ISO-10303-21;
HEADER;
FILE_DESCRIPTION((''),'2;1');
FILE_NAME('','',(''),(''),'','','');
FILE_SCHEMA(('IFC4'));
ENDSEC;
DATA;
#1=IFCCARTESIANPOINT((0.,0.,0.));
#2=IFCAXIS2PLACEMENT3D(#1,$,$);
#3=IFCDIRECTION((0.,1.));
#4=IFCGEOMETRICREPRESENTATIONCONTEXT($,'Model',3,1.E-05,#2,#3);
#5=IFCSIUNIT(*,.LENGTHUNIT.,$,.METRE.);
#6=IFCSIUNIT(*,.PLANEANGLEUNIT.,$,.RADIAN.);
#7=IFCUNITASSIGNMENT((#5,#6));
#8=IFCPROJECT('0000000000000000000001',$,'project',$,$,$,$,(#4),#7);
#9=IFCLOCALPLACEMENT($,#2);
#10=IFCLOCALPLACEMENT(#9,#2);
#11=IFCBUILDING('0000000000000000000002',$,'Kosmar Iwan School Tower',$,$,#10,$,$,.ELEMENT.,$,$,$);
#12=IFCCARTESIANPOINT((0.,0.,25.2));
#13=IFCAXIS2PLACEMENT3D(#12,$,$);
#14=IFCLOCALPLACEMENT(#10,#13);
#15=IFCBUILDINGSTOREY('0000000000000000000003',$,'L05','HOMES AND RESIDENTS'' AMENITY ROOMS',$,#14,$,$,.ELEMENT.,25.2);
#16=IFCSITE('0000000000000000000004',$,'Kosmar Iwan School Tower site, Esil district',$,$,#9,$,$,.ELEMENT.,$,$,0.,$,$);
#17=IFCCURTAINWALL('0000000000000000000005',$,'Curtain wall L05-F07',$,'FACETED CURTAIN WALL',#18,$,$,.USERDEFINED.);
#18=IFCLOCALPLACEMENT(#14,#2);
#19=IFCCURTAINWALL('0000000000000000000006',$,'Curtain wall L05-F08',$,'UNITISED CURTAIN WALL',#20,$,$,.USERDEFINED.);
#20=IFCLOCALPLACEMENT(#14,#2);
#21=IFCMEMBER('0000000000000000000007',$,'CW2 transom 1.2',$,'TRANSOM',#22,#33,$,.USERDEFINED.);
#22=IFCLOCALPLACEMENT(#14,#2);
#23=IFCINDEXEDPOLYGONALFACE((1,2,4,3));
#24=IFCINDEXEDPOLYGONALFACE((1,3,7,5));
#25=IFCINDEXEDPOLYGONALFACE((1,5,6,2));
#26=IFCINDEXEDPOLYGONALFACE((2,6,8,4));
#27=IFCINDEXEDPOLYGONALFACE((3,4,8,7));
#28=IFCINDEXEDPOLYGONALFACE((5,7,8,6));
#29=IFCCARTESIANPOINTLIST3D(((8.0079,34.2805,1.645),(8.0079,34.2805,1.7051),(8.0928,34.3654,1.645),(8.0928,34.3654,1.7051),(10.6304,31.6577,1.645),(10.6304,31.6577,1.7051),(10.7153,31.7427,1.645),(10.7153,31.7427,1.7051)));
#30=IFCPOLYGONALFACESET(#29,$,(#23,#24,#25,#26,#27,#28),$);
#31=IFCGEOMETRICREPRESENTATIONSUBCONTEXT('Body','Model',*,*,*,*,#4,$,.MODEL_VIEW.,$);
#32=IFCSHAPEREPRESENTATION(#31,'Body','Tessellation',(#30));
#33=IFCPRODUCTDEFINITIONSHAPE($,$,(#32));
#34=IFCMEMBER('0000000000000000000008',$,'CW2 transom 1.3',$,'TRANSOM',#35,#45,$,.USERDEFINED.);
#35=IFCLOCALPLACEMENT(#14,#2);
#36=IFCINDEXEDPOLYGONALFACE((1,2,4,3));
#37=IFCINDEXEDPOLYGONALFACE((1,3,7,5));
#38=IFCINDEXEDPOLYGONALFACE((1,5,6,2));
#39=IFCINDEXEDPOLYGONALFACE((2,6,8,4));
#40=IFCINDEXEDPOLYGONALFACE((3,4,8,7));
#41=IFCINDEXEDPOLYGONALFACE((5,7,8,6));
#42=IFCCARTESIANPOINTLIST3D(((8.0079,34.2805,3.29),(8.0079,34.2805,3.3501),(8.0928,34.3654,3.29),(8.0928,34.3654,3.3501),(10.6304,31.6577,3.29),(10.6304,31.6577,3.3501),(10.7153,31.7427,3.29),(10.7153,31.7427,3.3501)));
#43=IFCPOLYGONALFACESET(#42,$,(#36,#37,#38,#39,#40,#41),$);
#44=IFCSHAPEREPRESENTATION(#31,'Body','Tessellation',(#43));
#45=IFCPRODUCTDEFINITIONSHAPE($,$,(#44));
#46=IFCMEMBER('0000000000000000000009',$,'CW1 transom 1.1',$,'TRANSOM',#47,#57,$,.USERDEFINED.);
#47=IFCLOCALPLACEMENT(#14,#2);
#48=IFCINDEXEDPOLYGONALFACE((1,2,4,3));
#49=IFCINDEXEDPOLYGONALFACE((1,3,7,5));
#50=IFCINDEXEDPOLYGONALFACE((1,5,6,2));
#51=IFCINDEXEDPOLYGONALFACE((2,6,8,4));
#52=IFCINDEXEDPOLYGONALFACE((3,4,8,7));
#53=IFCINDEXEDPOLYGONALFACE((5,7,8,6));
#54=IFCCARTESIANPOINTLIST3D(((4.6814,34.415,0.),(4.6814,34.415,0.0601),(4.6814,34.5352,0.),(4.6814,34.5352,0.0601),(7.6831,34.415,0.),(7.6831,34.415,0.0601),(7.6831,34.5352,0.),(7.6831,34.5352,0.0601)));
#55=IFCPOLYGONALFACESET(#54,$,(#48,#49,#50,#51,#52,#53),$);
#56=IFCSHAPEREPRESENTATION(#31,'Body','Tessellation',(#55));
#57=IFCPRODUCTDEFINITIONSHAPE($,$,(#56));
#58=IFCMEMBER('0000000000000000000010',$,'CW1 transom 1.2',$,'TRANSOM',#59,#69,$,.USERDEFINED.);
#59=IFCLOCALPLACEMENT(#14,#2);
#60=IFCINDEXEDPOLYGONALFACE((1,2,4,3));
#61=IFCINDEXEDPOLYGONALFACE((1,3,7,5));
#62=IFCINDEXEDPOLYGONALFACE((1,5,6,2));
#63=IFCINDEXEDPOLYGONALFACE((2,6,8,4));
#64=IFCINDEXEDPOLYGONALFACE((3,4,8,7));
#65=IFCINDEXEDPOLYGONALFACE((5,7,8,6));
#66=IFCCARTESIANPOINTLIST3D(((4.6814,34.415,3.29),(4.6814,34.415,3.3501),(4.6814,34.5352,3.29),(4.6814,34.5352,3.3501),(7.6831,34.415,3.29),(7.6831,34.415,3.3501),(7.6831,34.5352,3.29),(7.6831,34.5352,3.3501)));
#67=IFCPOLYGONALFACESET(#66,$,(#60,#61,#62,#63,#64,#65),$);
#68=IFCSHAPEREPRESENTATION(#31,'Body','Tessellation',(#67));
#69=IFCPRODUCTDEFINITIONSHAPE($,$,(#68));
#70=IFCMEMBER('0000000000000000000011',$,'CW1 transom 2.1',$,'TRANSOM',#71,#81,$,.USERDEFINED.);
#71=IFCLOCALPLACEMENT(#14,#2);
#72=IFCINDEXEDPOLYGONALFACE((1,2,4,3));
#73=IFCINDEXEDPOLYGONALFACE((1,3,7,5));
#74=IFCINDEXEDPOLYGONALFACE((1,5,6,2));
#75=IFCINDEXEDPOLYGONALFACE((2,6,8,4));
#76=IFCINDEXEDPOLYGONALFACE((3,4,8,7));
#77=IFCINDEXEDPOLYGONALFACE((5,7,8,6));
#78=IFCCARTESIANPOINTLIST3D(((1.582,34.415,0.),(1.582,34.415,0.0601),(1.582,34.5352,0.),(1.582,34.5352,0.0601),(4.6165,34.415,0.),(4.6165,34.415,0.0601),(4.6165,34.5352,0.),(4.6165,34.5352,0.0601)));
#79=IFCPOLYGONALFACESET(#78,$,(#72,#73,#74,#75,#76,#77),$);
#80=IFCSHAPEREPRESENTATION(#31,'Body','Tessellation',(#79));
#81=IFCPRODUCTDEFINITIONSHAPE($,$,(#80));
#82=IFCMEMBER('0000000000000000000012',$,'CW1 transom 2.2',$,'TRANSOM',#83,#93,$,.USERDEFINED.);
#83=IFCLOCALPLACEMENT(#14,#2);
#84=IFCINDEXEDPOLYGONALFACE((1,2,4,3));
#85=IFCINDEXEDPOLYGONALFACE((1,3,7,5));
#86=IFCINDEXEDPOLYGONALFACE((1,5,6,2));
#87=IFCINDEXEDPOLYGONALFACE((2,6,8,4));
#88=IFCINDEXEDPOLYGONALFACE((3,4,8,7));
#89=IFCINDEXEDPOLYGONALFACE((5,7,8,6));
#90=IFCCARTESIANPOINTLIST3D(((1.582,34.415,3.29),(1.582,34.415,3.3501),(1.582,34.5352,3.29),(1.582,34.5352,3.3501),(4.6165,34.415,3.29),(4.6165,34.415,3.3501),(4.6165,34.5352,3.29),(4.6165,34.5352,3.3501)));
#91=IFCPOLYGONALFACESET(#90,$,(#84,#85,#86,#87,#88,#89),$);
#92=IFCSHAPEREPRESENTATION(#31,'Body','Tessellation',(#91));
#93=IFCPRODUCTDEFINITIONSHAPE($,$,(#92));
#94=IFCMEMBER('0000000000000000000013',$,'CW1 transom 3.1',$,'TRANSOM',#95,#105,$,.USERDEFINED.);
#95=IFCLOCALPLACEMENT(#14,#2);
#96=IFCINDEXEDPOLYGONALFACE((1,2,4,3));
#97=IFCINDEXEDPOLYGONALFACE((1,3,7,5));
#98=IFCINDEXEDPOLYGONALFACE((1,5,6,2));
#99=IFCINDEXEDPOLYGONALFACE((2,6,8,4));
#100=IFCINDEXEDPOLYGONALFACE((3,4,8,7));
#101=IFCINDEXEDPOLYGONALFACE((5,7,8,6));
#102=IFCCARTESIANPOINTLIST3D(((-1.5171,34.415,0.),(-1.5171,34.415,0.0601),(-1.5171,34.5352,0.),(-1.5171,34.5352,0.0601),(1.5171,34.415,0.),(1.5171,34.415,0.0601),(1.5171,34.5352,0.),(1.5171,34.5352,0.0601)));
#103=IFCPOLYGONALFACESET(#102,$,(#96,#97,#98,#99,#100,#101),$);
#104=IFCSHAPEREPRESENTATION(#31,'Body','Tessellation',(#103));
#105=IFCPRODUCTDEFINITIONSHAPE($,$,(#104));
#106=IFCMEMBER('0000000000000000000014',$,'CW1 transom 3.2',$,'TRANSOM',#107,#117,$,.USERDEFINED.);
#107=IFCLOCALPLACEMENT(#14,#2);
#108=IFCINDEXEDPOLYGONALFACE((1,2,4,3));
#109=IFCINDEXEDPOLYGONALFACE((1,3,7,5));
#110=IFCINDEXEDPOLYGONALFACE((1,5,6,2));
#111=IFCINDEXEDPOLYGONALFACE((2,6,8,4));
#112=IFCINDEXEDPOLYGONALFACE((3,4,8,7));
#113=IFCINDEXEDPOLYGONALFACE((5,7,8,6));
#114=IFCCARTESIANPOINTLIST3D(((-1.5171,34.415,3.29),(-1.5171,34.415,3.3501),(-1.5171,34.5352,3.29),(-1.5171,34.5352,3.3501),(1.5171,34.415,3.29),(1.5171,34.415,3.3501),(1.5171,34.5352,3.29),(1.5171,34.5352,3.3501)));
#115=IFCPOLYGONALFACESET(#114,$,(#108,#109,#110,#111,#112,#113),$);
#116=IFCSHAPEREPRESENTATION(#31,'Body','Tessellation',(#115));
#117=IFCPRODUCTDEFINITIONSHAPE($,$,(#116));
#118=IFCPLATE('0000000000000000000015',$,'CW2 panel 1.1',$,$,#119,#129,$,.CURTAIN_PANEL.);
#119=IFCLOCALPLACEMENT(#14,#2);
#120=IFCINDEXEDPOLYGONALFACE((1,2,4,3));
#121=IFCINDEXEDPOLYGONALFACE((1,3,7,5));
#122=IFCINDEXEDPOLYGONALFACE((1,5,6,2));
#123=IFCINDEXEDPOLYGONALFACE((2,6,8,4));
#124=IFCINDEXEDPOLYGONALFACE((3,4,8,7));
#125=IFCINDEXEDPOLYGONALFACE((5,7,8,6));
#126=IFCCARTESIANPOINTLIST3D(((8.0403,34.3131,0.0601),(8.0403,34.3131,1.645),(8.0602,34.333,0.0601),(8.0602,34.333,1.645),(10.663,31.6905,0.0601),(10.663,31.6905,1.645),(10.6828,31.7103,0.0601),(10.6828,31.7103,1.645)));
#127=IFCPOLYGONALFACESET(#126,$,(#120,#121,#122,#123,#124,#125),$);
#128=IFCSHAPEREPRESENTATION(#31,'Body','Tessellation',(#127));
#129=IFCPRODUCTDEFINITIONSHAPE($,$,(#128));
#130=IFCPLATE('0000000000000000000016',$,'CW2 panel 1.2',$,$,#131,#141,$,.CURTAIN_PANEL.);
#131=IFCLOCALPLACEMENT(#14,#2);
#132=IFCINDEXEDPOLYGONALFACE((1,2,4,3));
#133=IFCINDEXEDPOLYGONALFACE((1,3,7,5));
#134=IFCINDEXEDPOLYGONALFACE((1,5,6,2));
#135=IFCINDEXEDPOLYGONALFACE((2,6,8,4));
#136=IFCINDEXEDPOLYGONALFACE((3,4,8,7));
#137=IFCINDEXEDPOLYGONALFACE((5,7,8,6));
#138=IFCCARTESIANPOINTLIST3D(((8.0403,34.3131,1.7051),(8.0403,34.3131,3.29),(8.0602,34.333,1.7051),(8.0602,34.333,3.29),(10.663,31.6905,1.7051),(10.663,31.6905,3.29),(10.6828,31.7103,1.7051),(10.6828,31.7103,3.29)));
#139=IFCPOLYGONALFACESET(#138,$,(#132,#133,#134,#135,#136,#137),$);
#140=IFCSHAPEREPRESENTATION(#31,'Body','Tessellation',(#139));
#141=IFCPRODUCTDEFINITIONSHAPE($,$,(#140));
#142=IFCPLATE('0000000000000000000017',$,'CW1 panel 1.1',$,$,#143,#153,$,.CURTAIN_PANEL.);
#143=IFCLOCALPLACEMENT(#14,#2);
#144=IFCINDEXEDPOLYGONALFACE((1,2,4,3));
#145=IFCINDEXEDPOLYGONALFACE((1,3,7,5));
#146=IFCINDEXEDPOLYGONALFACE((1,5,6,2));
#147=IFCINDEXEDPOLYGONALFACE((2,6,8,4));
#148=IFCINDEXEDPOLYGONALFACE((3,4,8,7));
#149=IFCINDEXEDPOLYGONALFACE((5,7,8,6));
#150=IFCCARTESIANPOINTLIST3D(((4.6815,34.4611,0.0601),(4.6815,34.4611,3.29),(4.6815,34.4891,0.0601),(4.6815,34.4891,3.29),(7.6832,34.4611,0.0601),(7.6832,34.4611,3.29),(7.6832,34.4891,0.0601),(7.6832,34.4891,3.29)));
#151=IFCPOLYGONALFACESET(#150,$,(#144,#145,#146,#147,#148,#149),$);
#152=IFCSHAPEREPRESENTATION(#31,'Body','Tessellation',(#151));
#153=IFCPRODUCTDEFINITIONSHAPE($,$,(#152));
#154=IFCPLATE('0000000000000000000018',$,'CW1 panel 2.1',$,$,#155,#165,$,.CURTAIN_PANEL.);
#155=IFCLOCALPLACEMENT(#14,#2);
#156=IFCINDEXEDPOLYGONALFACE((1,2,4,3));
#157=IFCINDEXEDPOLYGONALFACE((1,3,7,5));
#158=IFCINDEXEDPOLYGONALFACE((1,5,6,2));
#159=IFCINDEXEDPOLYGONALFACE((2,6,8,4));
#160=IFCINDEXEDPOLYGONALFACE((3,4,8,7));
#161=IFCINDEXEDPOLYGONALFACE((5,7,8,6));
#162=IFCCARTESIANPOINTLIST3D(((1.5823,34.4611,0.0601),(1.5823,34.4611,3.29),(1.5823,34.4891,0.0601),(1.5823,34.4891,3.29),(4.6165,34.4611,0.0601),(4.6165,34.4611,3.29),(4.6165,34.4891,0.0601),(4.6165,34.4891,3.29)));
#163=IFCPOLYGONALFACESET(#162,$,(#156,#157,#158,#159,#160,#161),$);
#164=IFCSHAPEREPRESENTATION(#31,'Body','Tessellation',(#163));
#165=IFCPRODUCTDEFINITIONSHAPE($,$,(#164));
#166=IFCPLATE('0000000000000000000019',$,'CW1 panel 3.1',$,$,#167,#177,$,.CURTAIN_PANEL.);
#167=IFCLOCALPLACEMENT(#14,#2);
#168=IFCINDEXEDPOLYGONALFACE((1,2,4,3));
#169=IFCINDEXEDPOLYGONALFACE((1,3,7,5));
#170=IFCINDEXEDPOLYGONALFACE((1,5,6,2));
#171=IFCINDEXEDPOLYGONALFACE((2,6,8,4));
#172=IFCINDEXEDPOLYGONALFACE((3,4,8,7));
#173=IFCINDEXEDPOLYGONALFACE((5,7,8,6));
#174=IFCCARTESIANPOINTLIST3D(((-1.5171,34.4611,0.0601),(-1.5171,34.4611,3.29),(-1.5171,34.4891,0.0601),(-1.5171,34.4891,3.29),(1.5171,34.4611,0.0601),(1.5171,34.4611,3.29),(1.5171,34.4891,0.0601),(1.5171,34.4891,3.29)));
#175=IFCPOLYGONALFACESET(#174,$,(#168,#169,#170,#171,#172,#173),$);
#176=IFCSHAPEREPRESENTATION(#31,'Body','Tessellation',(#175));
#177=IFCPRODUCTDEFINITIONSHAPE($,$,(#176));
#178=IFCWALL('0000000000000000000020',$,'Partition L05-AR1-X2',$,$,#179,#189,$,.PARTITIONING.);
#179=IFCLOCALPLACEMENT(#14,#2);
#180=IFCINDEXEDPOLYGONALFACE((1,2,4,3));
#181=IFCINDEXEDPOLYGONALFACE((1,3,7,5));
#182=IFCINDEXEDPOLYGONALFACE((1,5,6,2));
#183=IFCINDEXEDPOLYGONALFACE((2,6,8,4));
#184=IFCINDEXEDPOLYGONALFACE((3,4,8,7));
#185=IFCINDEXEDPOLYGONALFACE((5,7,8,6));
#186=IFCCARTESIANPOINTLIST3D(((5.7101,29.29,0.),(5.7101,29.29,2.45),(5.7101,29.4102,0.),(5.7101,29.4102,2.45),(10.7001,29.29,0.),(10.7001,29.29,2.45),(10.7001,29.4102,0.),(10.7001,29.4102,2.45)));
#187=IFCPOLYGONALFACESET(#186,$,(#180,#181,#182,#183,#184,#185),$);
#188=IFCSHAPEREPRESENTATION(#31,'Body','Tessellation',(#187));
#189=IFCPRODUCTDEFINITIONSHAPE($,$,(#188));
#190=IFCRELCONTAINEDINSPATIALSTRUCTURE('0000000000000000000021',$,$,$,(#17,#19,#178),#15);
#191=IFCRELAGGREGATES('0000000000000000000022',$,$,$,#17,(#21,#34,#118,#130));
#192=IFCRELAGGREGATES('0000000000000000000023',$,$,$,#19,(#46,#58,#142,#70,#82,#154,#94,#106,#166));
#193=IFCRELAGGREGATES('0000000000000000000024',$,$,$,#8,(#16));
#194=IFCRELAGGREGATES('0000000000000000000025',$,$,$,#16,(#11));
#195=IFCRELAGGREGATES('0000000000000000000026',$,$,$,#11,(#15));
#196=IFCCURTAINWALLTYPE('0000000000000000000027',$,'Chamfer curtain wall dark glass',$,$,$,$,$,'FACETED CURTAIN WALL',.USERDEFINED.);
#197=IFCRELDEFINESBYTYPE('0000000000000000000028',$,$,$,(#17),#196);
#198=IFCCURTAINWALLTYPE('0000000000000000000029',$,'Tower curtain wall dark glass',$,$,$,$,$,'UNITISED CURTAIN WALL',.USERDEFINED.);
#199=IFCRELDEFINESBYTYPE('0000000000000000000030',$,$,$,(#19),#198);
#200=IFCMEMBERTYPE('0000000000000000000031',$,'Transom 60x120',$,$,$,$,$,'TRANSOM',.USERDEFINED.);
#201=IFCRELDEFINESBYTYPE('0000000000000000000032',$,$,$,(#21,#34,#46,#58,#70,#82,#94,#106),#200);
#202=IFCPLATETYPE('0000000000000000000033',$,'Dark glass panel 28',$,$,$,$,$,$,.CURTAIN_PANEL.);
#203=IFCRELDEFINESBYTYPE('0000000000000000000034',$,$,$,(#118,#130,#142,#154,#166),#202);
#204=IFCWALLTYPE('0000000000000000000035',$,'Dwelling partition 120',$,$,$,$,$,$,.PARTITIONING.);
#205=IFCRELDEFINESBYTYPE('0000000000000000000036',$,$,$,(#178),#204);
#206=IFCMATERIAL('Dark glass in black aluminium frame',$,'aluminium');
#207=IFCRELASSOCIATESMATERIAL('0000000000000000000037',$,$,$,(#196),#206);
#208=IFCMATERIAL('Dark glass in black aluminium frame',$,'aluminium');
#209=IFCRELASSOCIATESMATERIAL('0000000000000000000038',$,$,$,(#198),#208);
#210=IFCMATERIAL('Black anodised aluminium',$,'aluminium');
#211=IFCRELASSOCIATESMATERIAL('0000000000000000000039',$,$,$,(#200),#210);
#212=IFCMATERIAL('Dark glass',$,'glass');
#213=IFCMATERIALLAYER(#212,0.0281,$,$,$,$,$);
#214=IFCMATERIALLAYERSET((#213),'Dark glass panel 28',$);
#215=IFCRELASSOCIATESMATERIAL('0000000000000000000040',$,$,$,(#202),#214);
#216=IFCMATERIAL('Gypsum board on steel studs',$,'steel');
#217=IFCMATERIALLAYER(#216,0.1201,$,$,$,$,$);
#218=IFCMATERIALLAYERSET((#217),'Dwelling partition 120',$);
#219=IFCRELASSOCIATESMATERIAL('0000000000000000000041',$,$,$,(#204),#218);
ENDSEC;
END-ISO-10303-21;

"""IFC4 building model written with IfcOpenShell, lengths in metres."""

from ifc_helpers import new_model, si_unit, direction, frame, frame_2d, origin, origin_2d, place, context, subcontext, project, spatial, rectangle, extrude, material, layer, layer_set, material_profile, profile_set, type_object, element, aggregate, save


model = new_model("IFC4")

# Units and contexts
model_context = context("Model", 3, precision=1e-05, world=origin(), true_north=direction((0.0, 1.0)))
body_context = subcontext(model_context, "Body", "Model", "MODEL_VIEW")
ifc_project = project(units=[si_unit("LENGTHUNIT", "METRE"), si_unit("PLANEANGLEUNIT", "RADIAN")], contexts=[model_context])

# Site, building, storey
site_placement = place(None, origin())
site = spatial("IfcSite", under=ifc_project, at=site_placement, Name="Kosmar Iwan School Tower site, Esil district", CompositionType="ELEMENT", RefElevation=0.0)
building_placement = place(site_placement, origin())
building = spatial("IfcBuilding", under=site, at=building_placement, Name="Kosmar Iwan School Tower", CompositionType="ELEMENT")
storey_placement = place(building_placement, frame((0.0, 0.0, 25.2)))
storey = spatial("IfcBuildingStorey", under=building, at=storey_placement, Name="L05", Description="HOMES AND RESIDENTS' AMENITY ROOMS", CompositionType="ELEMENT", Elevation=25.2)

# Curtain walls
ifc_material_1 = material(Name="Dark glass in black aluminium frame", Category="aluminium")
curtain_wall_type_1 = type_object("IfcCurtainWallType", Name="Chamfer curtain wall dark glass", ElementType="FACETED CURTAIN WALL", PredefinedType="USERDEFINED", material=ifc_material_1)
curtain_wall_1_placement = place(storey_placement, origin())
curtain_wall_1 = element("IfcCurtainWall", 1, at=curtain_wall_1_placement, inside=storey, type_object=curtain_wall_type_1, Name="Curtain wall L05-F07", ObjectType="FACETED CURTAIN WALL", PredefinedType="USERDEFINED")
ifc_material_2 = material(Name="Dark glass in black aluminium frame", Category="aluminium")
curtain_wall_type_2 = type_object("IfcCurtainWallType", Name="Tower curtain wall dark glass", ElementType="UNITISED CURTAIN WALL", PredefinedType="USERDEFINED", material=ifc_material_2)
curtain_wall_2_placement = place(storey_placement, origin())
curtain_wall_2 = element("IfcCurtainWall", 2, at=curtain_wall_2_placement, inside=storey, type_object=curtain_wall_type_2, Name="Curtain wall L05-F08", ObjectType="UNITISED CURTAIN WALL", PredefinedType="USERDEFINED")

# Members
ifc_material_3 = material(Name="Black anodised aluminium", Category="aluminium")
ifc_material_profile_1 = material_profile(ifc_material_3, rectangle(XDim=0.1201, YDim=0.0601, at=origin_2d()), Name="TRANSOM 60x120")
ifc_profile_set_1 = profile_set([ifc_material_profile_1], Name="Black anodised aluminium")
member_type_1 = type_object("IfcMemberType", Name="Transom 60x120", ElementType="TRANSOM", PredefinedType="USERDEFINED", material=ifc_profile_set_1)
member_1_placement = place(storey_placement, frame((10.6729, 31.7002, 1.675), z_axis=(-0.707074, 0.70714, 0.0), x_axis=(-0.70714, -0.707074, 0.0)))
member_1 = element("IfcMember", 3, at=member_1_placement, type_object=member_type_1, Name="CW2 transom 1.2", ObjectType="TRANSOM", PredefinedType="USERDEFINED", context=body_context, shape_type="SweptSolid", body=[
    extrude(rectangle(XDim=0.1201, YDim=0.0601, at=origin_2d()), origin(), (0.0, 0.0, 1.0), 3.709),
])
member_2_placement = place(storey_placement, frame((10.6729, 31.7002, 3.3201), z_axis=(-0.707074, 0.70714, 0.0), x_axis=(-0.70714, -0.707074, 0.0)))
member_2 = element("IfcMember", 4, at=member_2_placement, type_object=member_type_1, Name="CW2 transom 1.3", ObjectType="TRANSOM", PredefinedType="USERDEFINED", context=body_context, shape_type="SweptSolid", body=[
    extrude(rectangle(XDim=0.1201, YDim=0.0601, at=origin_2d()), origin(), (0.0, 0.0, 1.0), 3.709),
])
member_3_placement = place(storey_placement, frame((7.6831, 34.4751, 0.03), z_axis=(-1.0, 0.0, 0.0), x_axis=(0.0, -1.0, 0.0)))
member_3 = element("IfcMember", 5, at=member_3_placement, type_object=member_type_1, Name="CW1 transom 1.1", ObjectType="TRANSOM", PredefinedType="USERDEFINED", context=body_context, shape_type="SweptSolid", body=[
    extrude(rectangle(XDim=0.1201, YDim=0.0601, at=origin_2d()), origin(), (0.0, 0.0, 1.0), 3.0017),
])
member_4_placement = place(storey_placement, frame((7.6831, 34.4751, 3.3201), z_axis=(-1.0, 0.0, 0.0), x_axis=(0.0, -1.0, 0.0)))
member_4 = element("IfcMember", 6, at=member_4_placement, type_object=member_type_1, Name="CW1 transom 1.2", ObjectType="TRANSOM", PredefinedType="USERDEFINED", context=body_context, shape_type="SweptSolid", body=[
    extrude(rectangle(XDim=0.1201, YDim=0.0601, at=origin_2d()), origin(), (0.0, 0.0, 1.0), 3.0017),
])
member_5_placement = place(storey_placement, frame((4.6165, 34.4751, 0.03), z_axis=(-1.0, 0.0, 0.0), x_axis=(0.0, -1.0, 0.0)))
member_5 = element("IfcMember", 7, at=member_5_placement, type_object=member_type_1, Name="CW1 transom 2.1", ObjectType="TRANSOM", PredefinedType="USERDEFINED", context=body_context, shape_type="SweptSolid", body=[
    extrude(rectangle(XDim=0.1201, YDim=0.0601, at=origin_2d()), origin(), (0.0, 0.0, 1.0), 3.0344),
])
member_6_placement = place(storey_placement, frame((4.6165, 34.4751, 3.3201), z_axis=(-1.0, 0.0, 0.0), x_axis=(0.0, -1.0, 0.0)))
member_6 = element("IfcMember", 8, at=member_6_placement, type_object=member_type_1, Name="CW1 transom 2.2", ObjectType="TRANSOM", PredefinedType="USERDEFINED", context=body_context, shape_type="SweptSolid", body=[
    extrude(rectangle(XDim=0.1201, YDim=0.0601, at=origin_2d()), origin(), (0.0, 0.0, 1.0), 3.0344),
])
member_7_placement = place(storey_placement, frame((1.5171, 34.4751, 0.03), z_axis=(-1.0, 0.0, 0.0), x_axis=(0.0, -1.0, 0.0)))
member_7 = element("IfcMember", 9, at=member_7_placement, type_object=member_type_1, Name="CW1 transom 3.1", ObjectType="TRANSOM", PredefinedType="USERDEFINED", context=body_context, shape_type="SweptSolid", body=[
    extrude(rectangle(XDim=0.1201, YDim=0.0601, at=origin_2d()), origin(), (0.0, 0.0, 1.0), 3.0342),
])
member_8_placement = place(storey_placement, frame((1.5171, 34.4751, 3.3201), z_axis=(-1.0, 0.0, 0.0), x_axis=(0.0, -1.0, 0.0)))
member_8 = element("IfcMember", 10, at=member_8_placement, type_object=member_type_1, Name="CW1 transom 3.2", ObjectType="TRANSOM", PredefinedType="USERDEFINED", context=body_context, shape_type="SweptSolid", body=[
    extrude(rectangle(XDim=0.1201, YDim=0.0601, at=origin_2d()), origin(), (0.0, 0.0, 1.0), 3.0342),
])

# Plates
ifc_material_4 = material(Name="Dark glass", Category="glass")
ifc_layer_1 = layer(ifc_material_4, 0.0281)
ifc_layer_set_1 = layer_set([ifc_layer_1], Name="Dark glass panel 28")
plate_type = type_object("IfcPlateType", Name="Dark glass panel 28", PredefinedType="CURTAIN_PANEL", material=ifc_layer_set_1)
plate_1_placement = place(storey_placement, frame((9.3616, 33.0117, 0.0601), z_axis=(0.0, 0.0, 1.0), x_axis=(-0.707107, 0.707107, 0.0)))
plate_1 = element("IfcPlate", 11, at=plate_1_placement, type_object=plate_type, Name="CW2 panel 1.1", PredefinedType="CURTAIN_PANEL", context=body_context, shape_type="SweptSolid", body=[
    extrude(rectangle(XDim=3.709, YDim=0.0281, at=origin_2d()), origin(), (0.0, 0.0, 1.0), 1.585),
])
plate_2_placement = place(storey_placement, frame((9.3616, 33.0117, 1.7051), z_axis=(0.0, 0.0, 1.0), x_axis=(-0.707107, 0.707107, 0.0)))
plate_2 = element("IfcPlate", 12, at=plate_2_placement, type_object=plate_type, Name="CW2 panel 1.2", PredefinedType="CURTAIN_PANEL", context=body_context, shape_type="SweptSolid", body=[
    extrude(rectangle(XDim=3.709, YDim=0.0281, at=origin_2d()), origin(), (0.0, 0.0, 1.0), 1.585),
])
aggregate(curtain_wall_1, [member_1, member_2, plate_1, plate_2])
plate_3_placement = place(storey_placement, frame((6.1824, 34.4751, 0.0601), z_axis=(0.0, 0.0, 1.0), x_axis=(-1.0, 0.0, 0.0)))
plate_3 = element("IfcPlate", 13, at=plate_3_placement, type_object=plate_type, Name="CW1 panel 1.1", PredefinedType="CURTAIN_PANEL", context=body_context, shape_type="SweptSolid", body=[
    extrude(rectangle(XDim=3.0017, YDim=0.0281, at=origin_2d()), origin(), (0.0, 0.0, 1.0), 3.23),
])
plate_4_placement = place(storey_placement, frame((3.0994, 34.4751, 0.0601), z_axis=(0.0, 0.0, 1.0), x_axis=(-1.0, 0.0, 0.0)))
plate_4 = element("IfcPlate", 14, at=plate_4_placement, type_object=plate_type, Name="CW1 panel 2.1", PredefinedType="CURTAIN_PANEL", context=body_context, shape_type="SweptSolid", body=[
    extrude(rectangle(XDim=3.0342, YDim=0.0281, at=origin_2d()), origin(), (0.0, 0.0, 1.0), 3.23),
])
plate_5_placement = place(storey_placement, frame((0.0, 34.4751, 0.0601), z_axis=(0.0, 0.0, 1.0), x_axis=(-1.0, 0.0, 0.0)))
plate_5 = element("IfcPlate", 15, at=plate_5_placement, type_object=plate_type, Name="CW1 panel 3.1", PredefinedType="CURTAIN_PANEL", context=body_context, shape_type="SweptSolid", body=[
    extrude(rectangle(XDim=3.0342, YDim=0.0281, at=origin_2d()), origin(), (0.0, 0.0, 1.0), 3.23),
])
aggregate(curtain_wall_2, [member_3, member_4, plate_3, member_5, member_6, plate_4, member_7, member_8, plate_5])

# Wall
ifc_material_5 = material(Name="Gypsum board on steel studs", Category="steel")
ifc_layer_2 = layer(ifc_material_5, 0.1201)
ifc_layer_set_2 = layer_set([ifc_layer_2], Name="Dwelling partition 120")
wall_type = type_object("IfcWallType", Name="Dwelling partition 120", PredefinedType="PARTITIONING", material=ifc_layer_set_2)
wall_placement = place(storey_placement, frame((5.71, 29.3501, 0.0), z_axis=(0.0, 0.0, 1.0), x_axis=(1.0, 0.0, 0.0)))
element("IfcWall", 16, at=wall_placement, inside=storey, type_object=wall_type, Name="Partition L05-AR1-X2", PredefinedType="PARTITIONING", context=body_context, shape_type="SweptSolid", body=[
    extrude(rectangle(XDim=4.99, YDim=0.1201, at=frame_2d((2.4951, 0.0))), origin(), (0.0, 0.0, 1.0), 2.45),
])

save(model, "model.ifc")
